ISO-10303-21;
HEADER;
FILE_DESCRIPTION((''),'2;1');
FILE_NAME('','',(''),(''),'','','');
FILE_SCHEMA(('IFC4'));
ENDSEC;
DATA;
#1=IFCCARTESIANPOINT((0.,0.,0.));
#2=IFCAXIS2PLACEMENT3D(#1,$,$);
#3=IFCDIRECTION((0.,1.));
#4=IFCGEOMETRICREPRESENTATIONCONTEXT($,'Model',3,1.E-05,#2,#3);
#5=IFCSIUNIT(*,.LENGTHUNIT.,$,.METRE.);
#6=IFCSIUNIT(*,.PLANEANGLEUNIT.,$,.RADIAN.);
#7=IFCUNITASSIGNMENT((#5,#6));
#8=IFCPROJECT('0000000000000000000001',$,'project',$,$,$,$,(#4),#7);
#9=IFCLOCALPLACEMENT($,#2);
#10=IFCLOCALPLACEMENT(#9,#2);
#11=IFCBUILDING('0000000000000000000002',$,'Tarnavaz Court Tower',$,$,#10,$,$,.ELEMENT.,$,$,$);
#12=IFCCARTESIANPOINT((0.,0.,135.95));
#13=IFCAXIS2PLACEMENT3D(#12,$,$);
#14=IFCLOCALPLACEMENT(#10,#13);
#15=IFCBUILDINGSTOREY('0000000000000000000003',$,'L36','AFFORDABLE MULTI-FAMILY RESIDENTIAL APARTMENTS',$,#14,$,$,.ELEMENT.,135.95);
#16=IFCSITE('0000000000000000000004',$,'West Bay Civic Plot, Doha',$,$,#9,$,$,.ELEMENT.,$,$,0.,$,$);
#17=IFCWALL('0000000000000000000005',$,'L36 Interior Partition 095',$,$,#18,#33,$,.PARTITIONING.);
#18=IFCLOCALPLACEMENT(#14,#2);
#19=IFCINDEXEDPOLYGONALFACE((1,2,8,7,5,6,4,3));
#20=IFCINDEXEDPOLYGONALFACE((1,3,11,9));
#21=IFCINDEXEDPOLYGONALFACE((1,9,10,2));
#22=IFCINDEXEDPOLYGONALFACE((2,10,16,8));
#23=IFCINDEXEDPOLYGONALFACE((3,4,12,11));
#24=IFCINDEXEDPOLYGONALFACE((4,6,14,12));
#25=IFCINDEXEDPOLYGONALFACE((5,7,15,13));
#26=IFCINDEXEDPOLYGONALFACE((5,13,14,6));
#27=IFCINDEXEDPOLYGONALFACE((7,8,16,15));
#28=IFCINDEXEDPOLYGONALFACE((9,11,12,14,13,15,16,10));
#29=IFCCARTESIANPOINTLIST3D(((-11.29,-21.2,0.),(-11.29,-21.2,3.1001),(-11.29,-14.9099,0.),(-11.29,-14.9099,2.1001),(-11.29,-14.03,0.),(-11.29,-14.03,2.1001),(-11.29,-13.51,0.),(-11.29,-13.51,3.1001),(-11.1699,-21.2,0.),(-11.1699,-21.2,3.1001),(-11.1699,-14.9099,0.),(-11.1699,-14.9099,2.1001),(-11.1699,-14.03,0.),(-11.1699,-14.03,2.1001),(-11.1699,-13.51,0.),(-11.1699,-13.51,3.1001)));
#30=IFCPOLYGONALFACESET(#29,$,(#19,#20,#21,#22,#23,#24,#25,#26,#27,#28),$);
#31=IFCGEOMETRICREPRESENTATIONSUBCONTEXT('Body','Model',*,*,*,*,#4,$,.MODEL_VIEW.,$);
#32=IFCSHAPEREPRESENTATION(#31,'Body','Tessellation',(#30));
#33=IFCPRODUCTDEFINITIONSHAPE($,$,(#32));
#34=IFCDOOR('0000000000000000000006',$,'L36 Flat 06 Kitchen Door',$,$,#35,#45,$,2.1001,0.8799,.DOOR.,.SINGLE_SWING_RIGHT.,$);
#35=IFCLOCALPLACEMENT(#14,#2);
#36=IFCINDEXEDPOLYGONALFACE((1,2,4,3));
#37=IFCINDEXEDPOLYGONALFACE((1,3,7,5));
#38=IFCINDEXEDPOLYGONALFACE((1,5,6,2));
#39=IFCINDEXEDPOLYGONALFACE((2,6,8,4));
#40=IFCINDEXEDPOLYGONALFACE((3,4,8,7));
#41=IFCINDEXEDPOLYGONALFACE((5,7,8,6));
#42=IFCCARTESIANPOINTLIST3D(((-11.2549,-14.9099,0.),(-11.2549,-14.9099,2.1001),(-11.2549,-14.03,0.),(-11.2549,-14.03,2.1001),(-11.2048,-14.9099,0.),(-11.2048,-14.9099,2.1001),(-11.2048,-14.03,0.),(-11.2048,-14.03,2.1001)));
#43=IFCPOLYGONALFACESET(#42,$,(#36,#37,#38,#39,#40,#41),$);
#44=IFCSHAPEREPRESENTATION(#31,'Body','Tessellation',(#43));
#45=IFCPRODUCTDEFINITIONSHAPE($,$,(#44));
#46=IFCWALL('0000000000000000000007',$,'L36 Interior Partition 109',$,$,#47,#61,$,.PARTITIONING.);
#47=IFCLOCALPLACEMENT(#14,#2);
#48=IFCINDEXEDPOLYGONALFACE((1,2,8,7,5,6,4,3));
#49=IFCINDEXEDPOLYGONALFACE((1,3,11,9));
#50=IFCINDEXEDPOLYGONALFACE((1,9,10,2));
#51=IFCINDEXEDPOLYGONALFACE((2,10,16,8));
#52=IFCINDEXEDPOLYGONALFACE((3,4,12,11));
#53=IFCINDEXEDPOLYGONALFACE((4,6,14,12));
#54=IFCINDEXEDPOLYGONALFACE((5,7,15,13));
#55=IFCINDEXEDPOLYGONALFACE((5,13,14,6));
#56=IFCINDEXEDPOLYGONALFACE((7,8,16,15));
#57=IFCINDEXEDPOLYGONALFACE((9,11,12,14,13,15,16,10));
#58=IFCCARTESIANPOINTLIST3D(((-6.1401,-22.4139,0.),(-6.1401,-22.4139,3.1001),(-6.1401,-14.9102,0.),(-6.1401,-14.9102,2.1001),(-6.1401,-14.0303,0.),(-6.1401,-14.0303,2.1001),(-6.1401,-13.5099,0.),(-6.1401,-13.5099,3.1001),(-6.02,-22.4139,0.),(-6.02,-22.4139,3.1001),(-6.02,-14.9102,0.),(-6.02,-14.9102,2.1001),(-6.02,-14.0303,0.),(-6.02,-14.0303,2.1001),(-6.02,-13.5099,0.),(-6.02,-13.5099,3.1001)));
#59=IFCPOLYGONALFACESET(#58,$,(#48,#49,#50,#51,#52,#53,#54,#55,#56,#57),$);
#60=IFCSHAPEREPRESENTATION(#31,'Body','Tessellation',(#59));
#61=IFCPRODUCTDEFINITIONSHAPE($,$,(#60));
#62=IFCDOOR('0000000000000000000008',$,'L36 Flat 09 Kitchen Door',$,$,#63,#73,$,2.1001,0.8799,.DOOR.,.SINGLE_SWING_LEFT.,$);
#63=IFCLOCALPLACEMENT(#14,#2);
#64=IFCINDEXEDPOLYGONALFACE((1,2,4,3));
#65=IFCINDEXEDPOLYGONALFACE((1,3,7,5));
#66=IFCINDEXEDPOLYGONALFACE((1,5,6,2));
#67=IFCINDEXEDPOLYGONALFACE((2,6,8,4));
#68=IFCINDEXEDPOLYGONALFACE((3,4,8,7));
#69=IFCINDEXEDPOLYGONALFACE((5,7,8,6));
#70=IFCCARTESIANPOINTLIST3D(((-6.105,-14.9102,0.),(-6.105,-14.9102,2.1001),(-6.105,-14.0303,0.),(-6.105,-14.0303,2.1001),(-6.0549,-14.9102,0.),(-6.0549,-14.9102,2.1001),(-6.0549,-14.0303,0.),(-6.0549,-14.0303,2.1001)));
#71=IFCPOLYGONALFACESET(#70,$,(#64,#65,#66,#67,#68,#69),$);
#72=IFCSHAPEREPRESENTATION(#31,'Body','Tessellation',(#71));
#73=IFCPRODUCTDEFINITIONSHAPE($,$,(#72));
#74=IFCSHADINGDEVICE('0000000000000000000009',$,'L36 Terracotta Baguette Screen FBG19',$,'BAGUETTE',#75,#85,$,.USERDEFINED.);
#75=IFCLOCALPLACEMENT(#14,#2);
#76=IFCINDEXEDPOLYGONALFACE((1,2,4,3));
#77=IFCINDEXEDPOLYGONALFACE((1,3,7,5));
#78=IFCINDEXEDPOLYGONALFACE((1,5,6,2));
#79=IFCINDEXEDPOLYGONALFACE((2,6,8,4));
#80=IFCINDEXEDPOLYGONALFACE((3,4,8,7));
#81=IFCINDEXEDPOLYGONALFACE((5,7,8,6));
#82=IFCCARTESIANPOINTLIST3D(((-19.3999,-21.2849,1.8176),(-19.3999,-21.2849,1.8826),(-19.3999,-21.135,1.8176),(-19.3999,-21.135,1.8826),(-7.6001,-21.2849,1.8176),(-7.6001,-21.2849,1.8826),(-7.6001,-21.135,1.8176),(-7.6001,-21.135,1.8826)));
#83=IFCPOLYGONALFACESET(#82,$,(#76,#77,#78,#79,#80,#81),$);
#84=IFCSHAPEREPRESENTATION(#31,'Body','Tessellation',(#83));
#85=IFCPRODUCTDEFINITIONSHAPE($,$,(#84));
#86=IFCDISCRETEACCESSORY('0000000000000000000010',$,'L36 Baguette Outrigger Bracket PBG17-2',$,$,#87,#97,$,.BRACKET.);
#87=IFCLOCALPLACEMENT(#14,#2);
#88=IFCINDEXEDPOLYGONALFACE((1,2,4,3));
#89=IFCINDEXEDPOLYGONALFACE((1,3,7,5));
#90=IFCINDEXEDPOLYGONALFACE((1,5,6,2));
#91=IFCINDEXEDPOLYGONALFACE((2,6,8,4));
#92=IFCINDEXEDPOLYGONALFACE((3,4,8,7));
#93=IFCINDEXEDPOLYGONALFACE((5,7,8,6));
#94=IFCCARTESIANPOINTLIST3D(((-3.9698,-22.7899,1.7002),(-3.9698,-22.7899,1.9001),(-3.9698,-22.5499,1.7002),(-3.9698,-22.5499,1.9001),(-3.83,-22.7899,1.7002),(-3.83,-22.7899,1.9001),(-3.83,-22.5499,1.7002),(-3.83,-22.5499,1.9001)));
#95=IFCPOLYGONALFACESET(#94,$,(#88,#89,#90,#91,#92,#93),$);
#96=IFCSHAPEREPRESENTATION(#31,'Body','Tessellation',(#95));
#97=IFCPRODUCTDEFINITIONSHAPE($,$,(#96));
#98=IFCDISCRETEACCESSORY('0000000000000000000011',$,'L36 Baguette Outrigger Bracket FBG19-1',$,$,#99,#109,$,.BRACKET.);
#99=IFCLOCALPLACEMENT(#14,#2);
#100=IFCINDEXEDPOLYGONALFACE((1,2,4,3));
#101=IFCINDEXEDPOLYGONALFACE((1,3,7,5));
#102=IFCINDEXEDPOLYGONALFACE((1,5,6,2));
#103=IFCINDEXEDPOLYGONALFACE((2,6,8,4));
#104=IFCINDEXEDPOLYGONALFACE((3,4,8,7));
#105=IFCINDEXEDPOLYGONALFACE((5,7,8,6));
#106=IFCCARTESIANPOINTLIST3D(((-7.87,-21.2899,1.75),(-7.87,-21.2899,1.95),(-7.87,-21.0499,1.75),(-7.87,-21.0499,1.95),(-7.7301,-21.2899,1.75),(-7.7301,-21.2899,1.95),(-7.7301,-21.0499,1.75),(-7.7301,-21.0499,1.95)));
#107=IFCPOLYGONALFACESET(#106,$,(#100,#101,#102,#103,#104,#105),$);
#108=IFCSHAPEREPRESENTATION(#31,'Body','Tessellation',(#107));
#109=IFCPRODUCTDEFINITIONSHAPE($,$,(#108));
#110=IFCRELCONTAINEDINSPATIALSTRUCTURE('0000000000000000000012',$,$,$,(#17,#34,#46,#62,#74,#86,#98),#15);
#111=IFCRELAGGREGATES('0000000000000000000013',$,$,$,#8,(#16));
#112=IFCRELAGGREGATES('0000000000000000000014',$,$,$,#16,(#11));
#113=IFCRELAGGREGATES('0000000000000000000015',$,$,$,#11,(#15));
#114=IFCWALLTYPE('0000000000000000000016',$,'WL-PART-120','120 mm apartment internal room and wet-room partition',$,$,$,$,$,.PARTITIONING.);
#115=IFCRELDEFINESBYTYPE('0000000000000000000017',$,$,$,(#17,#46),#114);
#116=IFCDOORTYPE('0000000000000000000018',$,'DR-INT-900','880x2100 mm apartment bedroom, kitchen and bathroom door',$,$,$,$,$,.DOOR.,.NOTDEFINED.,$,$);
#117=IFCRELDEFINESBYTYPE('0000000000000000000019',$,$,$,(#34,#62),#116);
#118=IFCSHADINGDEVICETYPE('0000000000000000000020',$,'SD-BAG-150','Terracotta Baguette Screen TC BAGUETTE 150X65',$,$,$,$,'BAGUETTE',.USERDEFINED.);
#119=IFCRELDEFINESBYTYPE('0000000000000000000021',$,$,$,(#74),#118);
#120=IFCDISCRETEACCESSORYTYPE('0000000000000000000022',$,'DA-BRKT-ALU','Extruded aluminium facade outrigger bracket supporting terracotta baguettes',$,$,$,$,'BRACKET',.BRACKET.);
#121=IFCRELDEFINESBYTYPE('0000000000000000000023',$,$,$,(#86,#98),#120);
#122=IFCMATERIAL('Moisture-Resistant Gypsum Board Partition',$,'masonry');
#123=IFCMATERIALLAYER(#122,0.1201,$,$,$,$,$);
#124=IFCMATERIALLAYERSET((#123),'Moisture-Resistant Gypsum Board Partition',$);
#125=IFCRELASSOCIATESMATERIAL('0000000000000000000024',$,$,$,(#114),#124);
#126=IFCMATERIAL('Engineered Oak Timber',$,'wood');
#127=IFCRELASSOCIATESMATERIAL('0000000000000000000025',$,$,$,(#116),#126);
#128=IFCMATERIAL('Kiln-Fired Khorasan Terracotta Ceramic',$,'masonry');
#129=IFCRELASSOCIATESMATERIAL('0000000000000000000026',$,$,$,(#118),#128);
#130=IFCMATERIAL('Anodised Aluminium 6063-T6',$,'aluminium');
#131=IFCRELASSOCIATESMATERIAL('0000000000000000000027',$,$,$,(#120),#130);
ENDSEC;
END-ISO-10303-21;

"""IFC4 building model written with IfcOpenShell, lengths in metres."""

from ifc_helpers import new_model, si_unit, direction, frame, frame_2d, origin, origin_2d, place, context, subcontext, project, spatial, rectangle, extrude, material, layer, layer_set, material_profile, profile_set, type_object, element, fill, save


model = new_model("IFC4")

# Units and contexts
model_context = context("Model", 3, precision=1e-05, world=origin(), true_north=direction((0.0, 1.0)))
body_context = subcontext(model_context, "Body", "Model", "MODEL_VIEW")
ifc_project = project(units=[si_unit("LENGTHUNIT", "METRE"), si_unit("PLANEANGLEUNIT", "RADIAN")], contexts=[model_context])

# Site, building, storey
site_placement = place(None, origin())
site = spatial("IfcSite", under=ifc_project, at=site_placement, Name="West Bay Civic Plot, Doha", CompositionType="ELEMENT", RefElevation=0.0)
building_placement = place(site_placement, origin())
building = spatial("IfcBuilding", under=site, at=building_placement, Name="Tarnavaz Court Tower", CompositionType="ELEMENT")
storey_placement = place(building_placement, frame((0.0, 0.0, 135.95)))
storey = spatial("IfcBuildingStorey", under=building, at=storey_placement, Name="L36", Description="AFFORDABLE MULTI-FAMILY RESIDENTIAL APARTMENTS", CompositionType="ELEMENT", Elevation=135.95)

# Shared definitions
ifc_material_1 = material(Name="Anodised Aluminium 6063-T6", Category="aluminium")

# Walls, openings, doors
ifc_material_2 = material(Name="Moisture-Resistant Gypsum Board Partition", Category="masonry")
ifc_layer_1 = layer(ifc_material_2, 0.1201)
ifc_layer_set_1 = layer_set([ifc_layer_1], Name="Moisture-Resistant Gypsum Board Partition")
wall_type_1 = type_object("IfcWallType", Name="WL-PART-120", Description="120 mm apartment internal room and wet-room partition", PredefinedType="PARTITIONING", material=ifc_layer_set_1)
wall_1_placement = place(storey_placement, frame((-11.23, -21.2, 0.0), z_axis=(0.0, 0.0, 1.0), x_axis=(0.0, 1.0, 0.0)))
wall_1 = element("IfcWall", 1, at=wall_1_placement, inside=storey, type_object=wall_type_1, Name="L36 Interior Partition 095", PredefinedType="PARTITIONING", context=body_context, shape_type="SweptSolid", body=[
    extrude(rectangle(XDim=7.6899, YDim=0.1201, at=frame_2d((3.845, 0.0))), origin(), (0.0, 0.0, 1.0), 3.1001),
])
opening_1_placement = place(wall_1_placement, frame((6.29, 0.0, 0.0)))
opening_1 = element("IfcOpeningElement", 2, at=opening_1_placement, cuts=wall_1, PredefinedType="OPENING", context=body_context, shape_type="SweptSolid", body=[
    extrude(rectangle(XDim=0.8799, YDim=2.1001, at=frame_2d((0.4399, 1.05))), frame((0.0, 0.0701, 0.0), z_axis=(0.0, -1.0, 0.0), x_axis=(1.0, 0.0, 0.0)), (0.0, 0.0, 1.0), 0.1401),
])
ifc_material_3 = material(Name="Engineered Oak Timber", Category="wood")
door_type = type_object("IfcDoorType", Name="DR-INT-900", Description="880x2100 mm apartment bedroom, kitchen and bathroom door", OperationType="NOTDEFINED", PredefinedType="DOOR", material=ifc_material_3)
door_1_placement = place(opening_1_placement, origin())
door_1 = element("IfcDoor", 3, at=door_1_placement, inside=storey, type_object=door_type, Name="L36 Flat 06 Kitchen Door", OperationType="SINGLE_SWING_RIGHT", OverallHeight=2.1001, OverallWidth=0.8799, PredefinedType="DOOR", context=body_context, shape_type="SweptSolid", body=[
    extrude(rectangle(XDim=0.8799, YDim=2.1001, at=frame_2d((0.4399, 1.05))), frame((0.0, 0.0249, 0.0), z_axis=(0.0, -1.0, 0.0), x_axis=(1.0, 0.0, 0.0)), (0.0, 0.0, 1.0), 0.05),
])
fill(opening_1, door_1)
wall_2_placement = place(storey_placement, frame((-6.0801, -22.4141, 0.0), z_axis=(0.0, 0.0, 1.0), x_axis=(0.0, 1.0, 0.0)))
wall_2 = element("IfcWall", 4, at=wall_2_placement, inside=storey, type_object=wall_type_1, Name="L36 Interior Partition 109", PredefinedType="PARTITIONING", context=body_context, shape_type="SweptSolid", body=[
    extrude(rectangle(XDim=8.9041, YDim=0.1201, at=frame_2d((4.4521, 0.0))), origin(), (0.0, 0.0, 1.0), 3.1001),
])
opening_2_placement = place(wall_2_placement, frame((7.5039, 0.0, 0.0)))
opening_2 = element("IfcOpeningElement", 5, at=opening_2_placement, cuts=wall_2, PredefinedType="OPENING", context=body_context, shape_type="SweptSolid", body=[
    extrude(rectangle(XDim=0.8799, YDim=2.1001, at=frame_2d((0.4399, 1.05))), frame((0.0, 0.0701, 0.0), z_axis=(0.0, -1.0, 0.0), x_axis=(1.0, 0.0, 0.0)), (0.0, 0.0, 1.0), 0.1401),
])
door_2_placement = place(opening_2_placement, origin())
door_2 = element("IfcDoor", 6, at=door_2_placement, inside=storey, type_object=door_type, Name="L36 Flat 09 Kitchen Door", OperationType="SINGLE_SWING_LEFT", OverallHeight=2.1001, OverallWidth=0.8799, PredefinedType="DOOR", context=body_context, shape_type="SweptSolid", body=[
    extrude(rectangle(XDim=0.8799, YDim=2.1001, at=frame_2d((0.4399, 1.05))), frame((0.0, 0.0249, 0.0), z_axis=(0.0, -1.0, 0.0), x_axis=(1.0, 0.0, 0.0)), (0.0, 0.0, 1.0), 0.05),
])
fill(opening_2, door_2)

# Shading device
ifc_material_4 = material(Name="Kiln-Fired Khorasan Terracotta Ceramic", Category="masonry")
ifc_material_profile_1 = material_profile(ifc_material_4, rectangle(XDim=0.1499, YDim=0.0649, at=origin_2d()), Name="TC BAGUETTE 150X65")
ifc_profile_set_1 = profile_set([ifc_material_profile_1], Name="Kiln-Fired Khorasan Terracotta Ceramic")
shading_device_type = type_object("IfcShadingDeviceType", Name="SD-BAG-150", Description="Terracotta Baguette Screen TC BAGUETTE 150X65", ElementType="BAGUETTE", PredefinedType="USERDEFINED", material=ifc_profile_set_1)
shading_device_placement = place(storey_placement, frame((-7.6001, -21.21, 1.8501), z_axis=(-1.0, 0.0, 0.0), x_axis=(0.0, -1.0, 0.0)))
element("IfcShadingDevice", 7, at=shading_device_placement, inside=storey, type_object=shading_device_type, Name="L36 Terracotta Baguette Screen FBG19", ObjectType="BAGUETTE", PredefinedType="USERDEFINED", context=body_context, shape_type="SweptSolid", body=[
    extrude(rectangle(XDim=0.1499, YDim=0.0649, at=origin_2d()), origin(), (0.0, 0.0, 1.0), 11.7998),
])

# Discrete accessories
discrete_accessory_type = type_object("IfcDiscreteAccessoryType", Name="DA-BRKT-ALU", Description="Extruded aluminium facade outrigger bracket supporting terracotta baguettes", ElementType="BRACKET", PredefinedType="BRACKET", material=ifc_material_1)
for number, where, z_axis, x_axis, name in (
    (8, (-3.8999, -22.6699, 1.7002), (0.0, 0.0, 1.0), (-1.0, 0.0, 0.0), "L36 Baguette Outrigger Bracket PBG17-2"),
    (9, (-7.8, -21.1699, 1.75), (0.0, 0.0, 1.0), (-1.0, 0.0, 0.0), "L36 Baguette Outrigger Bracket FBG19-1"),
):
    element("IfcDiscreteAccessory", number, at=place(storey_placement, frame(where, z_axis=z_axis, x_axis=x_axis)), inside=storey, type_object=discrete_accessory_type, Name=name, PredefinedType="BRACKET", context=body_context, shape_type="SweptSolid", body=[
        extrude(rectangle(XDim=0.1399, YDim=0.24, at=origin_2d()), origin(), (0.0, 0.0, 1.0), 0.2),
    ])

save(model, "model.ifc")
